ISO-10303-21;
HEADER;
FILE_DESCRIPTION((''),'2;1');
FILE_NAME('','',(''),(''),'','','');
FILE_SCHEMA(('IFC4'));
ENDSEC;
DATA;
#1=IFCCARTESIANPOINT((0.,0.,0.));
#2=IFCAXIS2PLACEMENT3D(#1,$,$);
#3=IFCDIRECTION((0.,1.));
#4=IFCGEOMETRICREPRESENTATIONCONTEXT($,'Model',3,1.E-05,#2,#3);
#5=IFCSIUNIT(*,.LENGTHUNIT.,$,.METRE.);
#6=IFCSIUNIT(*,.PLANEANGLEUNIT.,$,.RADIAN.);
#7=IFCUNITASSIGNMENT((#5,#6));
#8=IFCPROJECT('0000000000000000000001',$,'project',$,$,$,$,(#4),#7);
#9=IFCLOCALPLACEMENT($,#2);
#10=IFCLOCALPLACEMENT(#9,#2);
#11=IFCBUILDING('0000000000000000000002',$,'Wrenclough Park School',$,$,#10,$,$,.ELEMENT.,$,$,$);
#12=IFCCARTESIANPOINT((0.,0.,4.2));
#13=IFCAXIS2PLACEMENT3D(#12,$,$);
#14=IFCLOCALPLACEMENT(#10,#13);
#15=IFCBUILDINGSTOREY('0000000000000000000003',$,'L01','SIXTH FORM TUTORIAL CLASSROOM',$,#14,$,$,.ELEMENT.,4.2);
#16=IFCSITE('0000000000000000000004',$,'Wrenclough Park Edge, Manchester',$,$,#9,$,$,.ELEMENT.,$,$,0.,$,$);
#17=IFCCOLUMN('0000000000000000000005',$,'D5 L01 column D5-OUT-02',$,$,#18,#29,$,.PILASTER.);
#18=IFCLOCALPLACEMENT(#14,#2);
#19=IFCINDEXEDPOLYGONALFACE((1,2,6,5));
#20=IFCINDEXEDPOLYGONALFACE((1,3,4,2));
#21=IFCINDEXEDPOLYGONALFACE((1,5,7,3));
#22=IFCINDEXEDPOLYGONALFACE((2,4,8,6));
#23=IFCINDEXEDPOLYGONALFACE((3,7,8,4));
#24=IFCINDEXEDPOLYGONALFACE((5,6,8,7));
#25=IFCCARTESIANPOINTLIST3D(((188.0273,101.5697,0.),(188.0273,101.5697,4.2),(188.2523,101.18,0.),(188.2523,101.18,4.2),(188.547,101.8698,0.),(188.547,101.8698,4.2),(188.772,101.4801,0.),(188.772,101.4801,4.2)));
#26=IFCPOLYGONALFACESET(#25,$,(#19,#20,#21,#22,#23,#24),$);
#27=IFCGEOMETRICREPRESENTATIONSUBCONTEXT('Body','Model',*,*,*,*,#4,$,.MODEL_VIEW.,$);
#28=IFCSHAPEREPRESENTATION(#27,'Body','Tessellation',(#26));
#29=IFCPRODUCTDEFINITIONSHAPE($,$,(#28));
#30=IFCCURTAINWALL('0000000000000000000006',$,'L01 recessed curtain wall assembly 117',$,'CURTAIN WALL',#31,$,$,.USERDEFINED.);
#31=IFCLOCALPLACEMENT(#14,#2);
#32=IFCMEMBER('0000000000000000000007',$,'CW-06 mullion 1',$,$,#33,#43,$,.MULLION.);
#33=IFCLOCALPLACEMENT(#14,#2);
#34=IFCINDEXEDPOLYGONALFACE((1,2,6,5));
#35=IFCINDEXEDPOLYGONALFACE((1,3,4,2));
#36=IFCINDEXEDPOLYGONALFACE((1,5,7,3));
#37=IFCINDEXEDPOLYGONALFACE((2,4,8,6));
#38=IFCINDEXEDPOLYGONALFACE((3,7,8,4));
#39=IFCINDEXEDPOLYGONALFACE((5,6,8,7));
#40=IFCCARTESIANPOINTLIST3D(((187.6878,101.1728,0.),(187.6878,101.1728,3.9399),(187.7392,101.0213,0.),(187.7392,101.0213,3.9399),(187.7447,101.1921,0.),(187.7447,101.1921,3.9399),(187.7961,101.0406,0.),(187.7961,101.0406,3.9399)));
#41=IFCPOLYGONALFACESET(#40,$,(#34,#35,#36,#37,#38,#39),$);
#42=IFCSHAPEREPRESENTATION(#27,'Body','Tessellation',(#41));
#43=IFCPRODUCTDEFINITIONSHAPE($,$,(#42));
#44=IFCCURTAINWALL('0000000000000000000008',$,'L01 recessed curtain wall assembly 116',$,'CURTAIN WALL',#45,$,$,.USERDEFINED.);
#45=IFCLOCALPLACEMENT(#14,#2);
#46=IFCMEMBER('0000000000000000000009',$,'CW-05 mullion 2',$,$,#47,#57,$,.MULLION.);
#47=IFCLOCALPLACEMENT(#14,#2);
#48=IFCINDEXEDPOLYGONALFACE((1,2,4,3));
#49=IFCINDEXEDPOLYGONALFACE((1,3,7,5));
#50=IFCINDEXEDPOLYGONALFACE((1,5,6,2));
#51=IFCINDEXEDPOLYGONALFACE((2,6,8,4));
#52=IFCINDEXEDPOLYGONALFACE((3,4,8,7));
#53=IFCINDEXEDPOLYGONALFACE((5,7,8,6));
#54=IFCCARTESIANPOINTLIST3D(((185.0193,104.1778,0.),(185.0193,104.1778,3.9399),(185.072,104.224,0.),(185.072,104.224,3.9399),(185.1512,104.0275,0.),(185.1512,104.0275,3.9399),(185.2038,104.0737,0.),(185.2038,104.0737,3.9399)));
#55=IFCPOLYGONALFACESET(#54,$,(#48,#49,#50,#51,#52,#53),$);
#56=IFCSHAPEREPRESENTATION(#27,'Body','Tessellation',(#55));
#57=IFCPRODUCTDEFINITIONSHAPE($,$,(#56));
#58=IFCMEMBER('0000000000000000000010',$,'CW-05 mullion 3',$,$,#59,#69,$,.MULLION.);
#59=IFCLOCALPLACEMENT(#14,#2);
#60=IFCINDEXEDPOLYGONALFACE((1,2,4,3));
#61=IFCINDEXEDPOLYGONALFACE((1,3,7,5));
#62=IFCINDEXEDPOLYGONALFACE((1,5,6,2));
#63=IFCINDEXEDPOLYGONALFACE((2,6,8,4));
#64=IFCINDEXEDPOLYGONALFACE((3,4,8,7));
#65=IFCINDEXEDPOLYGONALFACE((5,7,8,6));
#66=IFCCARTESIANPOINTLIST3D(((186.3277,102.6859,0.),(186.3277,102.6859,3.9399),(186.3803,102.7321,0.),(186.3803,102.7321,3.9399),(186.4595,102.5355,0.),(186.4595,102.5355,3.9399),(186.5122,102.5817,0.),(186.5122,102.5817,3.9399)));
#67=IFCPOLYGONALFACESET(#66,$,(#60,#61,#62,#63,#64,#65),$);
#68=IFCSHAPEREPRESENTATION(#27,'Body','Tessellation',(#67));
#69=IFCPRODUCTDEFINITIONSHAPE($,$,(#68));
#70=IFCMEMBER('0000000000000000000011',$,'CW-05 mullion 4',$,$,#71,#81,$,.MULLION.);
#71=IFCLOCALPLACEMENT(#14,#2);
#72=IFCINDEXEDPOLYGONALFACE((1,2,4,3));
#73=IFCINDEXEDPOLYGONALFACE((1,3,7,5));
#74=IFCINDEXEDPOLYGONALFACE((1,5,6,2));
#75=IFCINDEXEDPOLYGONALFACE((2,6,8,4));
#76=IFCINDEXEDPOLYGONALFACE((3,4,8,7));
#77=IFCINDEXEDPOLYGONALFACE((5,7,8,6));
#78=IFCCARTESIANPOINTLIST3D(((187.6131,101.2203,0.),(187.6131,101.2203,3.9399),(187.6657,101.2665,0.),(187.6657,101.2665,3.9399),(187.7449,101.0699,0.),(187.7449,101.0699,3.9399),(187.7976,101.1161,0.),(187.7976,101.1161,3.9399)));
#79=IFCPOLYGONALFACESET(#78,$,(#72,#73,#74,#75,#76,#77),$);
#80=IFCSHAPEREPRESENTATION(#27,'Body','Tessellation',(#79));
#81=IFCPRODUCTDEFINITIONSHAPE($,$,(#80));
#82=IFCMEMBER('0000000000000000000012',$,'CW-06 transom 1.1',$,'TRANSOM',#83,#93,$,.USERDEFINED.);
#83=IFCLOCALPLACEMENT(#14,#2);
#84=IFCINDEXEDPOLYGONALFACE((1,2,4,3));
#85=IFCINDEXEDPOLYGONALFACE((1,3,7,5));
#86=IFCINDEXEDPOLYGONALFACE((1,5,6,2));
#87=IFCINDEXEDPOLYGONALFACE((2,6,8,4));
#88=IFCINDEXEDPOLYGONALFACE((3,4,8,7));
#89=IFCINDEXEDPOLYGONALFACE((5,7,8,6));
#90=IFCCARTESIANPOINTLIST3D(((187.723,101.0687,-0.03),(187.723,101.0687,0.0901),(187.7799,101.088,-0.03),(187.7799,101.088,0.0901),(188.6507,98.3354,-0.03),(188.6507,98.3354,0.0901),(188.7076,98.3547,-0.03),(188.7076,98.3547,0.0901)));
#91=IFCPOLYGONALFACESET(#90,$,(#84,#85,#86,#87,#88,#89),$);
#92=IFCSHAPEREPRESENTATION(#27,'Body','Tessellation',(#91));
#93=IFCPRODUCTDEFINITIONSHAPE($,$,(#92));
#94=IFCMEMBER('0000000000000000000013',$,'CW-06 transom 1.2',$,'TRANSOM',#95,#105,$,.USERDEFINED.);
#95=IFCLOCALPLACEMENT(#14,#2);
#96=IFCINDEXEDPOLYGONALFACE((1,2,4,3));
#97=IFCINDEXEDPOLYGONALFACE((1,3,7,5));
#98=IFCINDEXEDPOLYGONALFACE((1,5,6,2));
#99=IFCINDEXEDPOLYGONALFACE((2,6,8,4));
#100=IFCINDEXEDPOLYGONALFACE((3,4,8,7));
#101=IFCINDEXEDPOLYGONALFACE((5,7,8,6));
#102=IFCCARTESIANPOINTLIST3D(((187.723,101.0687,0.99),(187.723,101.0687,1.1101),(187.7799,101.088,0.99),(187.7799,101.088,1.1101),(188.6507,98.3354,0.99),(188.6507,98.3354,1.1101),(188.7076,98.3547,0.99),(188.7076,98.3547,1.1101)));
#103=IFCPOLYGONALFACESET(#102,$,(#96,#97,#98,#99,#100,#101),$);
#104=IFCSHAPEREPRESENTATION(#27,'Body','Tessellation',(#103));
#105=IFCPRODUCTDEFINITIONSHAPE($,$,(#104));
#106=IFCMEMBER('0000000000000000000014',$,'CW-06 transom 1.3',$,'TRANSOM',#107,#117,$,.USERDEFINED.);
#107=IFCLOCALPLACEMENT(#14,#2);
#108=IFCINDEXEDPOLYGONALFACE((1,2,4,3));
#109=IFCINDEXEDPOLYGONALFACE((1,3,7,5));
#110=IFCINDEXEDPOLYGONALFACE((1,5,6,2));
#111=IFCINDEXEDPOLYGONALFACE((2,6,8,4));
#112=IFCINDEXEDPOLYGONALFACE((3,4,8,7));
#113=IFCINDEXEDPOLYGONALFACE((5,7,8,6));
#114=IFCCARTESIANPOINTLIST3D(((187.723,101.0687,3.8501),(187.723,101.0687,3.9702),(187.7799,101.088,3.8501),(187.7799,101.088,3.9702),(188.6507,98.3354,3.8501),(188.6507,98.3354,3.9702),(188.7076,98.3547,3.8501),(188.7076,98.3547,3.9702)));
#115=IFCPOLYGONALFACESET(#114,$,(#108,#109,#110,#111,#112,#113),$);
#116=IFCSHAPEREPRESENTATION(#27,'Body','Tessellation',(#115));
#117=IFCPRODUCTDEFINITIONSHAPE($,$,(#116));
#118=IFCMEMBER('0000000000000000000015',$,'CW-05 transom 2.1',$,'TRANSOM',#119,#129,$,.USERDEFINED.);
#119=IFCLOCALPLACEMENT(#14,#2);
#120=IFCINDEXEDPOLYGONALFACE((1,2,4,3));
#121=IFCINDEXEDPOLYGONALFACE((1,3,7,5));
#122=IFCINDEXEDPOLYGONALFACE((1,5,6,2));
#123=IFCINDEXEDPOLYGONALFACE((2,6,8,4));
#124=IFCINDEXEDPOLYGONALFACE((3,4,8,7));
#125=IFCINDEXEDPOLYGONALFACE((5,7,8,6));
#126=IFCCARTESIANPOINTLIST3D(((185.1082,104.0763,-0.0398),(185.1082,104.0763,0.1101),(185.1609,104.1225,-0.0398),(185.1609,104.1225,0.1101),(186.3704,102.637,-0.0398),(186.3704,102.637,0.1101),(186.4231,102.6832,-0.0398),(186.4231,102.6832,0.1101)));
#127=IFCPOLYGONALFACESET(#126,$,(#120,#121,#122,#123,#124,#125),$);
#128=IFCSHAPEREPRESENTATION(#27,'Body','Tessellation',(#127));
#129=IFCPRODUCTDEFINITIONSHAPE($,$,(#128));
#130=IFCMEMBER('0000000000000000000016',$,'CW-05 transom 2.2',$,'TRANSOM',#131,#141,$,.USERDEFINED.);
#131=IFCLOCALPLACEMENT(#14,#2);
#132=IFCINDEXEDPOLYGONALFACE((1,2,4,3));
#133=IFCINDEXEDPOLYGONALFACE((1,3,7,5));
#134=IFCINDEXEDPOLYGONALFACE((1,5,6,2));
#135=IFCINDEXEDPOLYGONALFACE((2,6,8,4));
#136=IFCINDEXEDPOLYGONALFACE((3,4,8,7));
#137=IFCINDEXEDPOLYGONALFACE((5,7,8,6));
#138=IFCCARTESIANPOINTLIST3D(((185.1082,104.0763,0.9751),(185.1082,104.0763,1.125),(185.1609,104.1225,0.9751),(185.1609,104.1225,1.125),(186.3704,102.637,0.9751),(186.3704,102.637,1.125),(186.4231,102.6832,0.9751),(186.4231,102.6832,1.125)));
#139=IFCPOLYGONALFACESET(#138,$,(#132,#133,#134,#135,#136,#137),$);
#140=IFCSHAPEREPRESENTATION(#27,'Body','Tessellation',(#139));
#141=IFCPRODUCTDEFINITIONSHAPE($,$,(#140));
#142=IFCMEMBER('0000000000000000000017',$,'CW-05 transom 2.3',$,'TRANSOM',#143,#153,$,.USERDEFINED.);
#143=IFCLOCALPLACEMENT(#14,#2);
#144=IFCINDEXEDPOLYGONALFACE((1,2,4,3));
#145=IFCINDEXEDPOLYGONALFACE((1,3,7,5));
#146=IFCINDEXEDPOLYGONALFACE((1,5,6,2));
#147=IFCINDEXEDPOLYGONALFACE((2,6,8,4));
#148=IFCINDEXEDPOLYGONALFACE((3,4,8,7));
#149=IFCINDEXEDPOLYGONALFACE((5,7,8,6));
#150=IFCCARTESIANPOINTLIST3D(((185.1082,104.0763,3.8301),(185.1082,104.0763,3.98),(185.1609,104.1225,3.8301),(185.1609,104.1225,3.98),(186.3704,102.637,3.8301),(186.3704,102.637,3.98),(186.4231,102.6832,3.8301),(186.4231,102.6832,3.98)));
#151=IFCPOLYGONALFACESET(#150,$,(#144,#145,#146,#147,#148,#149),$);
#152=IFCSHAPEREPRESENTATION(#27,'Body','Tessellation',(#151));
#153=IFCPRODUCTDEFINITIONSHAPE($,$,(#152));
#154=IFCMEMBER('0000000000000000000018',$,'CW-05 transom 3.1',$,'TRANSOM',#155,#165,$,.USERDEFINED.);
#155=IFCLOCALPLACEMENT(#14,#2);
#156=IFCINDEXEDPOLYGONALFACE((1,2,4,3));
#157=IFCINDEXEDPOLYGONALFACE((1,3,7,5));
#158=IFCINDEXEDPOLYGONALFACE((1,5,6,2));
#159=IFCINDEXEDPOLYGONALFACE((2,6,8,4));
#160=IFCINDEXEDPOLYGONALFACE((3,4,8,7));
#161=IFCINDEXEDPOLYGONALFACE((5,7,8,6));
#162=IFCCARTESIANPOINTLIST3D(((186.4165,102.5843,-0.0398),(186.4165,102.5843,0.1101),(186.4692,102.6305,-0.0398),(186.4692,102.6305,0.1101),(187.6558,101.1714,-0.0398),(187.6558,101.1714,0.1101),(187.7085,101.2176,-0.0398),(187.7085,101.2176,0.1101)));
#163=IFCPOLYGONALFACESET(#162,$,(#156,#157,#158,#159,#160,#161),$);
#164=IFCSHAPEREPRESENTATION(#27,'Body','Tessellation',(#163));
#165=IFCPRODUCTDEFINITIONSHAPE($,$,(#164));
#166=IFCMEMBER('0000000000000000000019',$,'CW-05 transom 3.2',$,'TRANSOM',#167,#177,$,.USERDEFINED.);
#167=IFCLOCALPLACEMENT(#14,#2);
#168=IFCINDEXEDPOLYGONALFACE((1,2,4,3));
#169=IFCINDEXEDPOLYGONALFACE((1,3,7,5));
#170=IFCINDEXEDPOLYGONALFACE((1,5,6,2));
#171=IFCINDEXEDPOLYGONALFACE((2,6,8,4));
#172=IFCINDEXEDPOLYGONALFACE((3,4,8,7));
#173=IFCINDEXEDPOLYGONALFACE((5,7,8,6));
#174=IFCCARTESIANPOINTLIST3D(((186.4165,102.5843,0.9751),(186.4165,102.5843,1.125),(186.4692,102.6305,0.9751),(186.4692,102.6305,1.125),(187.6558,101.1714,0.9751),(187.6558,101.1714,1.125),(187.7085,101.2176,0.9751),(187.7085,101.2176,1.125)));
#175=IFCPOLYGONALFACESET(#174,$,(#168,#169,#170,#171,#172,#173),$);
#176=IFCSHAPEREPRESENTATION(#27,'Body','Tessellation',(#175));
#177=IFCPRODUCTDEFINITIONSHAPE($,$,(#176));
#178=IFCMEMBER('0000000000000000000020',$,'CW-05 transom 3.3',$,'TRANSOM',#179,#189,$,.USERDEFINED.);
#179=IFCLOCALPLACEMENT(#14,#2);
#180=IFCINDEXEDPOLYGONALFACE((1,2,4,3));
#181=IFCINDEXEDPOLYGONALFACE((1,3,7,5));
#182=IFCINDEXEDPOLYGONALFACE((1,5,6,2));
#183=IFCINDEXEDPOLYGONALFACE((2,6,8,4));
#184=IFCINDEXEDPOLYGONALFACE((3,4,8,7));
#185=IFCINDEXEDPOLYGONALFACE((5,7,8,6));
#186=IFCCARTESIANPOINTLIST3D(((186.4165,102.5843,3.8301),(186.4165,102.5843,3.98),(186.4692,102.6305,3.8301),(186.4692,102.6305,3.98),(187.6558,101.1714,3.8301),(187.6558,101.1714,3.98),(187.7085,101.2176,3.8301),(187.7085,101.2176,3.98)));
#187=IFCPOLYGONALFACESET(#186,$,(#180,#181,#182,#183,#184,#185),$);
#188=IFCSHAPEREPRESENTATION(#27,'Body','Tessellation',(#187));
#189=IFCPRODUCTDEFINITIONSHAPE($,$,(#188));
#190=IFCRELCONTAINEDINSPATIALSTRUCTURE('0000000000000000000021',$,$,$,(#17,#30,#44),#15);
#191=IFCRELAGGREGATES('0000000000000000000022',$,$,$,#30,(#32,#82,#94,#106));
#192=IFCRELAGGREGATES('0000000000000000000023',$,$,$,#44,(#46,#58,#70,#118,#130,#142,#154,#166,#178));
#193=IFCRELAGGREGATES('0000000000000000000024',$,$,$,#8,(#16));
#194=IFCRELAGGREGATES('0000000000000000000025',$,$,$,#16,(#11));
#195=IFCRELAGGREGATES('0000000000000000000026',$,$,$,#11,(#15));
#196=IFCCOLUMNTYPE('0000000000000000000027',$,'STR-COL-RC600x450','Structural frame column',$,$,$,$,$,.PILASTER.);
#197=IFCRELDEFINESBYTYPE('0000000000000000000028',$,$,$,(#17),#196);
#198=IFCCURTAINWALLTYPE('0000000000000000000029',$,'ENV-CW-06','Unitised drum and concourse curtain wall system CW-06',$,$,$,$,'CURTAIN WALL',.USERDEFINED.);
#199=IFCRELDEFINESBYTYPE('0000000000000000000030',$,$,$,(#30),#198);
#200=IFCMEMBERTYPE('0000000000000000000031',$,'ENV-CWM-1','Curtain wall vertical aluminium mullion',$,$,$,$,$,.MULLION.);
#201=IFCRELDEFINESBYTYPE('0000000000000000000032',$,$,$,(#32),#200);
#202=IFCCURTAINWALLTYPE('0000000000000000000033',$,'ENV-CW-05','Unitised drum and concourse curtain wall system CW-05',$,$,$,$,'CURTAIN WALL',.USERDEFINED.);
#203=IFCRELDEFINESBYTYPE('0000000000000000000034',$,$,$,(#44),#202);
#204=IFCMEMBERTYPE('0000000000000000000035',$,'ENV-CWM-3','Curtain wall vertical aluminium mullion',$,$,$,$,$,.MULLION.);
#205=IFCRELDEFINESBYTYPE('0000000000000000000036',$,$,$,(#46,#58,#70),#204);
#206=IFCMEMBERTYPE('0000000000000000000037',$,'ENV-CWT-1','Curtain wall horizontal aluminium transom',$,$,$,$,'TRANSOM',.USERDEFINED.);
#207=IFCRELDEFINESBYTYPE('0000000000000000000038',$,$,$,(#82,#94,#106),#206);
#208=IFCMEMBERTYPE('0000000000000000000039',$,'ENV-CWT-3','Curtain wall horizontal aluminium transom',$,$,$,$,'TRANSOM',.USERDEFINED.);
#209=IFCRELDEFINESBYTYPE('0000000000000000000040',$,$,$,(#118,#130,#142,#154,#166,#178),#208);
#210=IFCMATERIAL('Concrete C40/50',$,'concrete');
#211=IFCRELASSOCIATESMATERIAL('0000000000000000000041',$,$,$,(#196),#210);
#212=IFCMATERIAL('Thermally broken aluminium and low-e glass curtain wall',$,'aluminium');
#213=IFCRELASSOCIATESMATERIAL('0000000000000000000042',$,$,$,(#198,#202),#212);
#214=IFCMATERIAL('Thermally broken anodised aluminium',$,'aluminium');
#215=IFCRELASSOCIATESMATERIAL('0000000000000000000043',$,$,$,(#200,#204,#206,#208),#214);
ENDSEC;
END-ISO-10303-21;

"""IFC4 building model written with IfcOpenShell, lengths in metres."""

from ifc_helpers import new_model, si_unit, direction, frame, origin, origin_2d, place, context, subcontext, project, spatial, rectangle, extrude, material, material_profile, profile_set, type_object, element, aggregate, save


model = new_model("IFC4")

# Units and contexts
model_context = context("Model", 3, precision=1e-05, world=origin(), true_north=direction((0.0, 1.0)))
body_context = subcontext(model_context, "Body", "Model", "MODEL_VIEW")
ifc_project = project(units=[si_unit("LENGTHUNIT", "METRE"), si_unit("PLANEANGLEUNIT", "RADIAN")], contexts=[model_context])

# Site, building, storey
site_placement = place(None, origin())
site = spatial("IfcSite", under=ifc_project, at=site_placement, Name="Wrenclough Park Edge, Manchester", CompositionType="ELEMENT", RefElevation=0.0)
building_placement = place(site_placement, origin())
building = spatial("IfcBuilding", under=site, at=building_placement, Name="Wrenclough Park School", CompositionType="ELEMENT")
storey_placement = place(building_placement, frame((0.0, 0.0, 4.2)))
storey = spatial("IfcBuildingStorey", under=building, at=storey_placement, Name="L01", Description="SIXTH FORM TUTORIAL CLASSROOM", CompositionType="ELEMENT", Elevation=4.2)

# Column
ifc_material_1 = material(Name="Concrete C40/50", Category="concrete")
ifc_material_profile_1 = material_profile(ifc_material_1, rectangle(XDim=0.45, YDim=0.6001, at=origin_2d()), Name="RC COL 600x450")
ifc_profile_set_1 = profile_set([ifc_material_profile_1], Name="Concrete C40/50")
column_type = type_object("IfcColumnType", Name="STR-COL-RC600x450", Description="Structural frame column", PredefinedType="PILASTER", material=ifc_profile_set_1)
column_placement = place(storey_placement, frame((188.3997, 101.5249, 0.0), z_axis=(0.0, 0.0, 1.0), x_axis=(-0.5, 0.866025, 0.0)))
element("IfcColumn", 1, at=column_placement, inside=storey, type_object=column_type, Name="D5 L01 column D5-OUT-02", PredefinedType="PILASTER", context=body_context, shape_type="SweptSolid", body=[
    extrude(rectangle(XDim=0.45, YDim=0.6001, at=origin_2d()), origin(), (0.0, 0.0, 1.0), 4.2),
])

# Curtain wall, member
ifc_material_2 = material(Name="Thermally broken aluminium and low-e glass curtain wall", Category="aluminium")
curtain_wall_type_1 = type_object("IfcCurtainWallType", Name="ENV-CW-06", Description="Unitised drum and concourse curtain wall system CW-06", ElementType="CURTAIN WALL", PredefinedType="USERDEFINED", material=ifc_material_2)
curtain_wall_1_placement = place(storey_placement, origin())
curtain_wall_1 = element("IfcCurtainWall", 2, at=curtain_wall_1_placement, inside=storey, type_object=curtain_wall_type_1, Name="L01 recessed curtain wall assembly 117", ObjectType="CURTAIN WALL", PredefinedType="USERDEFINED")
ifc_material_3 = material(Name="Thermally broken anodised aluminium", Category="aluminium")
ifc_material_profile_2 = material_profile(ifc_material_3, rectangle(XDim=0.0601, YDim=0.1599, at=origin_2d()), Name="AL MULLION 60x160")
ifc_profile_set_2 = profile_set([ifc_material_profile_2], Name="Thermally broken anodised aluminium")
member_type_1 = type_object("IfcMemberType", Name="ENV-CWM-1", Description="Curtain wall vertical aluminium mullion", PredefinedType="MULLION", material=ifc_profile_set_2)
member_1_placement = place(storey_placement, frame((187.7419, 101.1067, 0.0), z_axis=(0.0, 0.0, 1.0), x_axis=(0.946934, 0.321429, 0.0)))
member_1 = element("IfcMember", 3, at=member_1_placement, type_object=member_type_1, Name="CW-06 mullion 1", PredefinedType="MULLION", context=body_context, shape_type="SweptSolid", body=[
    extrude(rectangle(XDim=0.0601, YDim=0.1599, at=origin_2d()), origin(), (0.0, 0.0, 1.0), 3.9399),
])

# Curtain wall, members
curtain_wall_type_2 = type_object("IfcCurtainWallType", Name="ENV-CW-05", Description="Unitised drum and concourse curtain wall system CW-05", ElementType="CURTAIN WALL", PredefinedType="USERDEFINED", material=ifc_material_2)
curtain_wall_2_placement = place(storey_placement, origin())
curtain_wall_2 = element("IfcCurtainWall", 4, at=curtain_wall_2_placement, inside=storey, type_object=curtain_wall_type_2, Name="L01 recessed curtain wall assembly 116", ObjectType="CURTAIN WALL", PredefinedType="USERDEFINED")
ifc_material_profile_3 = material_profile(ifc_material_3, rectangle(XDim=0.0701, YDim=0.2, at=origin_2d()), Name="AL MULLION 70x200")
ifc_profile_set_3 = profile_set([ifc_material_profile_3], Name="Thermally broken anodised aluminium")
member_type_2 = type_object("IfcMemberType", Name="ENV-CWM-3", Description="Curtain wall vertical aluminium mullion", PredefinedType="MULLION", material=ifc_profile_set_3)
member_2_placement = place(storey_placement, frame((185.1116, 104.1257, 0.0), z_axis=(0.0, 0.0, 1.0), x_axis=(0.751823, 0.659365, 0.0)))
member_2 = element("IfcMember", 5, at=member_2_placement, type_object=member_type_2, Name="CW-05 mullion 2", PredefinedType="MULLION", context=body_context, shape_type="SweptSolid", body=[
    extrude(rectangle(XDim=0.0701, YDim=0.2, at=origin_2d()), origin(), (0.0, 0.0, 1.0), 3.9399),
])
member_3_placement = place(storey_placement, frame((186.4199, 102.6338, 0.0), z_axis=(0.0, 0.0, 1.0), x_axis=(0.751823, 0.659365, 0.0)))
member_3 = element("IfcMember", 6, at=member_3_placement, type_object=member_type_2, Name="CW-05 mullion 3", PredefinedType="MULLION", context=body_context, shape_type="SweptSolid", body=[
    extrude(rectangle(XDim=0.0701, YDim=0.2, at=origin_2d()), origin(), (0.0, 0.0, 1.0), 3.9399),
])
member_4_placement = place(storey_placement, frame((187.7053, 101.1682, 0.0), z_axis=(0.0, 0.0, 1.0), x_axis=(0.751823, 0.659365, 0.0)))
member_4 = element("IfcMember", 7, at=member_4_placement, type_object=member_type_2, Name="CW-05 mullion 4", PredefinedType="MULLION", context=body_context, shape_type="SweptSolid", body=[
    extrude(rectangle(XDim=0.0701, YDim=0.2, at=origin_2d()), origin(), (0.0, 0.0, 1.0), 3.9399),
])

# Members
ifc_material_profile_4 = material_profile(ifc_material_3, rectangle(XDim=0.0601, YDim=0.1201, at=origin_2d()), Name="AL TRANSOM 60x120")
ifc_profile_set_4 = profile_set([ifc_material_profile_4], Name="Thermally broken anodised aluminium")
member_type_3 = type_object("IfcMemberType", Name="ENV-CWT-1", Description="Curtain wall horizontal aluminium transom", ElementType="TRANSOM", PredefinedType="USERDEFINED", material=ifc_profile_set_4)
member_5_placement = place(storey_placement, frame((187.7515, 101.0784, 0.03), z_axis=(0.321399, -0.946944, 0.0), x_axis=(0.946944, 0.321399, 0.0)))
member_5 = element("IfcMember", 8, at=member_5_placement, type_object=member_type_3, Name="CW-06 transom 1.1", ObjectType="TRANSOM", PredefinedType="USERDEFINED", context=body_context, shape_type="SweptSolid", body=[
    extrude(rectangle(XDim=0.0601, YDim=0.1201, at=origin_2d()), origin(), (0.0, 0.0, 1.0), 2.8865),
])
member_6_placement = place(storey_placement, frame((187.7515, 101.0784, 1.05), z_axis=(0.321399, -0.946944, 0.0), x_axis=(0.946944, 0.321399, 0.0)))
member_6 = element("IfcMember", 9, at=member_6_placement, type_object=member_type_3, Name="CW-06 transom 1.2", ObjectType="TRANSOM", PredefinedType="USERDEFINED", context=body_context, shape_type="SweptSolid", body=[
    extrude(rectangle(XDim=0.0601, YDim=0.1201, at=origin_2d()), origin(), (0.0, 0.0, 1.0), 2.8865),
])
member_7_placement = place(storey_placement, frame((187.7515, 101.0784, 3.9102), z_axis=(0.321399, -0.946944, 0.0), x_axis=(0.946944, 0.321399, 0.0)))
member_7 = element("IfcMember", 10, at=member_7_placement, type_object=member_type_3, Name="CW-06 transom 1.3", ObjectType="TRANSOM", PredefinedType="USERDEFINED", context=body_context, shape_type="SweptSolid", body=[
    extrude(rectangle(XDim=0.0601, YDim=0.1201, at=origin_2d()), origin(), (0.0, 0.0, 1.0), 2.8865),
])
aggregate(curtain_wall_1, [member_1, member_5, member_6, member_7])
ifc_material_profile_5 = material_profile(ifc_material_3, rectangle(XDim=0.0701, YDim=0.1499, at=origin_2d()), Name="AL TRANSOM 70x150")
ifc_profile_set_5 = profile_set([ifc_material_profile_5], Name="Thermally broken anodised aluminium")
member_type_4 = type_object("IfcMemberType", Name="ENV-CWT-3", Description="Curtain wall horizontal aluminium transom", ElementType="TRANSOM", PredefinedType="USERDEFINED", material=ifc_profile_set_5)
member_8_placement = place(storey_placement, frame((185.1345, 104.0994, 0.0352), z_axis=(0.659362, -0.751826, 0.0), x_axis=(0.751826, 0.659362, 0.0)))
member_8 = element("IfcMember", 11, at=member_8_placement, type_object=member_type_4, Name="CW-05 transom 2.1", ObjectType="TRANSOM", PredefinedType="USERDEFINED", context=body_context, shape_type="SweptSolid", body=[
    extrude(rectangle(XDim=0.0701, YDim=0.1499, at=origin_2d()), origin(), (0.0, 0.0, 1.0), 1.9143),
])
member_9_placement = place(storey_placement, frame((185.1345, 104.0994, 1.05), z_axis=(0.659362, -0.751826, 0.0), x_axis=(0.751826, 0.659362, 0.0)))
member_9 = element("IfcMember", 12, at=member_9_placement, type_object=member_type_4, Name="CW-05 transom 2.2", ObjectType="TRANSOM", PredefinedType="USERDEFINED", context=body_context, shape_type="SweptSolid", body=[
    extrude(rectangle(XDim=0.0701, YDim=0.1499, at=origin_2d()), origin(), (0.0, 0.0, 1.0), 1.9143),
])
member_10_placement = place(storey_placement, frame((185.1345, 104.0994, 3.905), z_axis=(0.659362, -0.751826, 0.0), x_axis=(0.751826, 0.659362, 0.0)))
member_10 = element("IfcMember", 13, at=member_10_placement, type_object=member_type_4, Name="CW-05 transom 2.3", ObjectType="TRANSOM", PredefinedType="USERDEFINED", context=body_context, shape_type="SweptSolid", body=[
    extrude(rectangle(XDim=0.0701, YDim=0.1499, at=origin_2d()), origin(), (0.0, 0.0, 1.0), 1.9143),
])
member_11_placement = place(storey_placement, frame((186.4429, 102.6074, 0.0352), z_axis=(0.659415, -0.751779, 0.0), x_axis=(0.751779, 0.659415, 0.0)))
member_11 = element("IfcMember", 14, at=member_11_placement, type_object=member_type_4, Name="CW-05 transom 3.1", ObjectType="TRANSOM", PredefinedType="USERDEFINED", context=body_context, shape_type="SweptSolid", body=[
    extrude(rectangle(XDim=0.0701, YDim=0.1499, at=origin_2d()), origin(), (0.0, 0.0, 1.0), 1.8794),
])
member_12_placement = place(storey_placement, frame((186.4429, 102.6074, 1.05), z_axis=(0.659415, -0.751779, 0.0), x_axis=(0.751779, 0.659415, 0.0)))
member_12 = element("IfcMember", 15, at=member_12_placement, type_object=member_type_4, Name="CW-05 transom 3.2", ObjectType="TRANSOM", PredefinedType="USERDEFINED", context=body_context, shape_type="SweptSolid", body=[
    extrude(rectangle(XDim=0.0701, YDim=0.1499, at=origin_2d()), origin(), (0.0, 0.0, 1.0), 1.8794),
])
member_13_placement = place(storey_placement, frame((186.4429, 102.6074, 3.905), z_axis=(0.659415, -0.751779, 0.0), x_axis=(0.751779, 0.659415, 0.0)))
member_13 = element("IfcMember", 16, at=member_13_placement, type_object=member_type_4, Name="CW-05 transom 3.3", ObjectType="TRANSOM", PredefinedType="USERDEFINED", context=body_context, shape_type="SweptSolid", body=[
    extrude(rectangle(XDim=0.0701, YDim=0.1499, at=origin_2d()), origin(), (0.0, 0.0, 1.0), 1.8794),
])

aggregate(curtain_wall_2, [member_2, member_3, member_4, member_8, member_9, member_10, member_11, member_12, member_13])

save(model, "model.ifc")
